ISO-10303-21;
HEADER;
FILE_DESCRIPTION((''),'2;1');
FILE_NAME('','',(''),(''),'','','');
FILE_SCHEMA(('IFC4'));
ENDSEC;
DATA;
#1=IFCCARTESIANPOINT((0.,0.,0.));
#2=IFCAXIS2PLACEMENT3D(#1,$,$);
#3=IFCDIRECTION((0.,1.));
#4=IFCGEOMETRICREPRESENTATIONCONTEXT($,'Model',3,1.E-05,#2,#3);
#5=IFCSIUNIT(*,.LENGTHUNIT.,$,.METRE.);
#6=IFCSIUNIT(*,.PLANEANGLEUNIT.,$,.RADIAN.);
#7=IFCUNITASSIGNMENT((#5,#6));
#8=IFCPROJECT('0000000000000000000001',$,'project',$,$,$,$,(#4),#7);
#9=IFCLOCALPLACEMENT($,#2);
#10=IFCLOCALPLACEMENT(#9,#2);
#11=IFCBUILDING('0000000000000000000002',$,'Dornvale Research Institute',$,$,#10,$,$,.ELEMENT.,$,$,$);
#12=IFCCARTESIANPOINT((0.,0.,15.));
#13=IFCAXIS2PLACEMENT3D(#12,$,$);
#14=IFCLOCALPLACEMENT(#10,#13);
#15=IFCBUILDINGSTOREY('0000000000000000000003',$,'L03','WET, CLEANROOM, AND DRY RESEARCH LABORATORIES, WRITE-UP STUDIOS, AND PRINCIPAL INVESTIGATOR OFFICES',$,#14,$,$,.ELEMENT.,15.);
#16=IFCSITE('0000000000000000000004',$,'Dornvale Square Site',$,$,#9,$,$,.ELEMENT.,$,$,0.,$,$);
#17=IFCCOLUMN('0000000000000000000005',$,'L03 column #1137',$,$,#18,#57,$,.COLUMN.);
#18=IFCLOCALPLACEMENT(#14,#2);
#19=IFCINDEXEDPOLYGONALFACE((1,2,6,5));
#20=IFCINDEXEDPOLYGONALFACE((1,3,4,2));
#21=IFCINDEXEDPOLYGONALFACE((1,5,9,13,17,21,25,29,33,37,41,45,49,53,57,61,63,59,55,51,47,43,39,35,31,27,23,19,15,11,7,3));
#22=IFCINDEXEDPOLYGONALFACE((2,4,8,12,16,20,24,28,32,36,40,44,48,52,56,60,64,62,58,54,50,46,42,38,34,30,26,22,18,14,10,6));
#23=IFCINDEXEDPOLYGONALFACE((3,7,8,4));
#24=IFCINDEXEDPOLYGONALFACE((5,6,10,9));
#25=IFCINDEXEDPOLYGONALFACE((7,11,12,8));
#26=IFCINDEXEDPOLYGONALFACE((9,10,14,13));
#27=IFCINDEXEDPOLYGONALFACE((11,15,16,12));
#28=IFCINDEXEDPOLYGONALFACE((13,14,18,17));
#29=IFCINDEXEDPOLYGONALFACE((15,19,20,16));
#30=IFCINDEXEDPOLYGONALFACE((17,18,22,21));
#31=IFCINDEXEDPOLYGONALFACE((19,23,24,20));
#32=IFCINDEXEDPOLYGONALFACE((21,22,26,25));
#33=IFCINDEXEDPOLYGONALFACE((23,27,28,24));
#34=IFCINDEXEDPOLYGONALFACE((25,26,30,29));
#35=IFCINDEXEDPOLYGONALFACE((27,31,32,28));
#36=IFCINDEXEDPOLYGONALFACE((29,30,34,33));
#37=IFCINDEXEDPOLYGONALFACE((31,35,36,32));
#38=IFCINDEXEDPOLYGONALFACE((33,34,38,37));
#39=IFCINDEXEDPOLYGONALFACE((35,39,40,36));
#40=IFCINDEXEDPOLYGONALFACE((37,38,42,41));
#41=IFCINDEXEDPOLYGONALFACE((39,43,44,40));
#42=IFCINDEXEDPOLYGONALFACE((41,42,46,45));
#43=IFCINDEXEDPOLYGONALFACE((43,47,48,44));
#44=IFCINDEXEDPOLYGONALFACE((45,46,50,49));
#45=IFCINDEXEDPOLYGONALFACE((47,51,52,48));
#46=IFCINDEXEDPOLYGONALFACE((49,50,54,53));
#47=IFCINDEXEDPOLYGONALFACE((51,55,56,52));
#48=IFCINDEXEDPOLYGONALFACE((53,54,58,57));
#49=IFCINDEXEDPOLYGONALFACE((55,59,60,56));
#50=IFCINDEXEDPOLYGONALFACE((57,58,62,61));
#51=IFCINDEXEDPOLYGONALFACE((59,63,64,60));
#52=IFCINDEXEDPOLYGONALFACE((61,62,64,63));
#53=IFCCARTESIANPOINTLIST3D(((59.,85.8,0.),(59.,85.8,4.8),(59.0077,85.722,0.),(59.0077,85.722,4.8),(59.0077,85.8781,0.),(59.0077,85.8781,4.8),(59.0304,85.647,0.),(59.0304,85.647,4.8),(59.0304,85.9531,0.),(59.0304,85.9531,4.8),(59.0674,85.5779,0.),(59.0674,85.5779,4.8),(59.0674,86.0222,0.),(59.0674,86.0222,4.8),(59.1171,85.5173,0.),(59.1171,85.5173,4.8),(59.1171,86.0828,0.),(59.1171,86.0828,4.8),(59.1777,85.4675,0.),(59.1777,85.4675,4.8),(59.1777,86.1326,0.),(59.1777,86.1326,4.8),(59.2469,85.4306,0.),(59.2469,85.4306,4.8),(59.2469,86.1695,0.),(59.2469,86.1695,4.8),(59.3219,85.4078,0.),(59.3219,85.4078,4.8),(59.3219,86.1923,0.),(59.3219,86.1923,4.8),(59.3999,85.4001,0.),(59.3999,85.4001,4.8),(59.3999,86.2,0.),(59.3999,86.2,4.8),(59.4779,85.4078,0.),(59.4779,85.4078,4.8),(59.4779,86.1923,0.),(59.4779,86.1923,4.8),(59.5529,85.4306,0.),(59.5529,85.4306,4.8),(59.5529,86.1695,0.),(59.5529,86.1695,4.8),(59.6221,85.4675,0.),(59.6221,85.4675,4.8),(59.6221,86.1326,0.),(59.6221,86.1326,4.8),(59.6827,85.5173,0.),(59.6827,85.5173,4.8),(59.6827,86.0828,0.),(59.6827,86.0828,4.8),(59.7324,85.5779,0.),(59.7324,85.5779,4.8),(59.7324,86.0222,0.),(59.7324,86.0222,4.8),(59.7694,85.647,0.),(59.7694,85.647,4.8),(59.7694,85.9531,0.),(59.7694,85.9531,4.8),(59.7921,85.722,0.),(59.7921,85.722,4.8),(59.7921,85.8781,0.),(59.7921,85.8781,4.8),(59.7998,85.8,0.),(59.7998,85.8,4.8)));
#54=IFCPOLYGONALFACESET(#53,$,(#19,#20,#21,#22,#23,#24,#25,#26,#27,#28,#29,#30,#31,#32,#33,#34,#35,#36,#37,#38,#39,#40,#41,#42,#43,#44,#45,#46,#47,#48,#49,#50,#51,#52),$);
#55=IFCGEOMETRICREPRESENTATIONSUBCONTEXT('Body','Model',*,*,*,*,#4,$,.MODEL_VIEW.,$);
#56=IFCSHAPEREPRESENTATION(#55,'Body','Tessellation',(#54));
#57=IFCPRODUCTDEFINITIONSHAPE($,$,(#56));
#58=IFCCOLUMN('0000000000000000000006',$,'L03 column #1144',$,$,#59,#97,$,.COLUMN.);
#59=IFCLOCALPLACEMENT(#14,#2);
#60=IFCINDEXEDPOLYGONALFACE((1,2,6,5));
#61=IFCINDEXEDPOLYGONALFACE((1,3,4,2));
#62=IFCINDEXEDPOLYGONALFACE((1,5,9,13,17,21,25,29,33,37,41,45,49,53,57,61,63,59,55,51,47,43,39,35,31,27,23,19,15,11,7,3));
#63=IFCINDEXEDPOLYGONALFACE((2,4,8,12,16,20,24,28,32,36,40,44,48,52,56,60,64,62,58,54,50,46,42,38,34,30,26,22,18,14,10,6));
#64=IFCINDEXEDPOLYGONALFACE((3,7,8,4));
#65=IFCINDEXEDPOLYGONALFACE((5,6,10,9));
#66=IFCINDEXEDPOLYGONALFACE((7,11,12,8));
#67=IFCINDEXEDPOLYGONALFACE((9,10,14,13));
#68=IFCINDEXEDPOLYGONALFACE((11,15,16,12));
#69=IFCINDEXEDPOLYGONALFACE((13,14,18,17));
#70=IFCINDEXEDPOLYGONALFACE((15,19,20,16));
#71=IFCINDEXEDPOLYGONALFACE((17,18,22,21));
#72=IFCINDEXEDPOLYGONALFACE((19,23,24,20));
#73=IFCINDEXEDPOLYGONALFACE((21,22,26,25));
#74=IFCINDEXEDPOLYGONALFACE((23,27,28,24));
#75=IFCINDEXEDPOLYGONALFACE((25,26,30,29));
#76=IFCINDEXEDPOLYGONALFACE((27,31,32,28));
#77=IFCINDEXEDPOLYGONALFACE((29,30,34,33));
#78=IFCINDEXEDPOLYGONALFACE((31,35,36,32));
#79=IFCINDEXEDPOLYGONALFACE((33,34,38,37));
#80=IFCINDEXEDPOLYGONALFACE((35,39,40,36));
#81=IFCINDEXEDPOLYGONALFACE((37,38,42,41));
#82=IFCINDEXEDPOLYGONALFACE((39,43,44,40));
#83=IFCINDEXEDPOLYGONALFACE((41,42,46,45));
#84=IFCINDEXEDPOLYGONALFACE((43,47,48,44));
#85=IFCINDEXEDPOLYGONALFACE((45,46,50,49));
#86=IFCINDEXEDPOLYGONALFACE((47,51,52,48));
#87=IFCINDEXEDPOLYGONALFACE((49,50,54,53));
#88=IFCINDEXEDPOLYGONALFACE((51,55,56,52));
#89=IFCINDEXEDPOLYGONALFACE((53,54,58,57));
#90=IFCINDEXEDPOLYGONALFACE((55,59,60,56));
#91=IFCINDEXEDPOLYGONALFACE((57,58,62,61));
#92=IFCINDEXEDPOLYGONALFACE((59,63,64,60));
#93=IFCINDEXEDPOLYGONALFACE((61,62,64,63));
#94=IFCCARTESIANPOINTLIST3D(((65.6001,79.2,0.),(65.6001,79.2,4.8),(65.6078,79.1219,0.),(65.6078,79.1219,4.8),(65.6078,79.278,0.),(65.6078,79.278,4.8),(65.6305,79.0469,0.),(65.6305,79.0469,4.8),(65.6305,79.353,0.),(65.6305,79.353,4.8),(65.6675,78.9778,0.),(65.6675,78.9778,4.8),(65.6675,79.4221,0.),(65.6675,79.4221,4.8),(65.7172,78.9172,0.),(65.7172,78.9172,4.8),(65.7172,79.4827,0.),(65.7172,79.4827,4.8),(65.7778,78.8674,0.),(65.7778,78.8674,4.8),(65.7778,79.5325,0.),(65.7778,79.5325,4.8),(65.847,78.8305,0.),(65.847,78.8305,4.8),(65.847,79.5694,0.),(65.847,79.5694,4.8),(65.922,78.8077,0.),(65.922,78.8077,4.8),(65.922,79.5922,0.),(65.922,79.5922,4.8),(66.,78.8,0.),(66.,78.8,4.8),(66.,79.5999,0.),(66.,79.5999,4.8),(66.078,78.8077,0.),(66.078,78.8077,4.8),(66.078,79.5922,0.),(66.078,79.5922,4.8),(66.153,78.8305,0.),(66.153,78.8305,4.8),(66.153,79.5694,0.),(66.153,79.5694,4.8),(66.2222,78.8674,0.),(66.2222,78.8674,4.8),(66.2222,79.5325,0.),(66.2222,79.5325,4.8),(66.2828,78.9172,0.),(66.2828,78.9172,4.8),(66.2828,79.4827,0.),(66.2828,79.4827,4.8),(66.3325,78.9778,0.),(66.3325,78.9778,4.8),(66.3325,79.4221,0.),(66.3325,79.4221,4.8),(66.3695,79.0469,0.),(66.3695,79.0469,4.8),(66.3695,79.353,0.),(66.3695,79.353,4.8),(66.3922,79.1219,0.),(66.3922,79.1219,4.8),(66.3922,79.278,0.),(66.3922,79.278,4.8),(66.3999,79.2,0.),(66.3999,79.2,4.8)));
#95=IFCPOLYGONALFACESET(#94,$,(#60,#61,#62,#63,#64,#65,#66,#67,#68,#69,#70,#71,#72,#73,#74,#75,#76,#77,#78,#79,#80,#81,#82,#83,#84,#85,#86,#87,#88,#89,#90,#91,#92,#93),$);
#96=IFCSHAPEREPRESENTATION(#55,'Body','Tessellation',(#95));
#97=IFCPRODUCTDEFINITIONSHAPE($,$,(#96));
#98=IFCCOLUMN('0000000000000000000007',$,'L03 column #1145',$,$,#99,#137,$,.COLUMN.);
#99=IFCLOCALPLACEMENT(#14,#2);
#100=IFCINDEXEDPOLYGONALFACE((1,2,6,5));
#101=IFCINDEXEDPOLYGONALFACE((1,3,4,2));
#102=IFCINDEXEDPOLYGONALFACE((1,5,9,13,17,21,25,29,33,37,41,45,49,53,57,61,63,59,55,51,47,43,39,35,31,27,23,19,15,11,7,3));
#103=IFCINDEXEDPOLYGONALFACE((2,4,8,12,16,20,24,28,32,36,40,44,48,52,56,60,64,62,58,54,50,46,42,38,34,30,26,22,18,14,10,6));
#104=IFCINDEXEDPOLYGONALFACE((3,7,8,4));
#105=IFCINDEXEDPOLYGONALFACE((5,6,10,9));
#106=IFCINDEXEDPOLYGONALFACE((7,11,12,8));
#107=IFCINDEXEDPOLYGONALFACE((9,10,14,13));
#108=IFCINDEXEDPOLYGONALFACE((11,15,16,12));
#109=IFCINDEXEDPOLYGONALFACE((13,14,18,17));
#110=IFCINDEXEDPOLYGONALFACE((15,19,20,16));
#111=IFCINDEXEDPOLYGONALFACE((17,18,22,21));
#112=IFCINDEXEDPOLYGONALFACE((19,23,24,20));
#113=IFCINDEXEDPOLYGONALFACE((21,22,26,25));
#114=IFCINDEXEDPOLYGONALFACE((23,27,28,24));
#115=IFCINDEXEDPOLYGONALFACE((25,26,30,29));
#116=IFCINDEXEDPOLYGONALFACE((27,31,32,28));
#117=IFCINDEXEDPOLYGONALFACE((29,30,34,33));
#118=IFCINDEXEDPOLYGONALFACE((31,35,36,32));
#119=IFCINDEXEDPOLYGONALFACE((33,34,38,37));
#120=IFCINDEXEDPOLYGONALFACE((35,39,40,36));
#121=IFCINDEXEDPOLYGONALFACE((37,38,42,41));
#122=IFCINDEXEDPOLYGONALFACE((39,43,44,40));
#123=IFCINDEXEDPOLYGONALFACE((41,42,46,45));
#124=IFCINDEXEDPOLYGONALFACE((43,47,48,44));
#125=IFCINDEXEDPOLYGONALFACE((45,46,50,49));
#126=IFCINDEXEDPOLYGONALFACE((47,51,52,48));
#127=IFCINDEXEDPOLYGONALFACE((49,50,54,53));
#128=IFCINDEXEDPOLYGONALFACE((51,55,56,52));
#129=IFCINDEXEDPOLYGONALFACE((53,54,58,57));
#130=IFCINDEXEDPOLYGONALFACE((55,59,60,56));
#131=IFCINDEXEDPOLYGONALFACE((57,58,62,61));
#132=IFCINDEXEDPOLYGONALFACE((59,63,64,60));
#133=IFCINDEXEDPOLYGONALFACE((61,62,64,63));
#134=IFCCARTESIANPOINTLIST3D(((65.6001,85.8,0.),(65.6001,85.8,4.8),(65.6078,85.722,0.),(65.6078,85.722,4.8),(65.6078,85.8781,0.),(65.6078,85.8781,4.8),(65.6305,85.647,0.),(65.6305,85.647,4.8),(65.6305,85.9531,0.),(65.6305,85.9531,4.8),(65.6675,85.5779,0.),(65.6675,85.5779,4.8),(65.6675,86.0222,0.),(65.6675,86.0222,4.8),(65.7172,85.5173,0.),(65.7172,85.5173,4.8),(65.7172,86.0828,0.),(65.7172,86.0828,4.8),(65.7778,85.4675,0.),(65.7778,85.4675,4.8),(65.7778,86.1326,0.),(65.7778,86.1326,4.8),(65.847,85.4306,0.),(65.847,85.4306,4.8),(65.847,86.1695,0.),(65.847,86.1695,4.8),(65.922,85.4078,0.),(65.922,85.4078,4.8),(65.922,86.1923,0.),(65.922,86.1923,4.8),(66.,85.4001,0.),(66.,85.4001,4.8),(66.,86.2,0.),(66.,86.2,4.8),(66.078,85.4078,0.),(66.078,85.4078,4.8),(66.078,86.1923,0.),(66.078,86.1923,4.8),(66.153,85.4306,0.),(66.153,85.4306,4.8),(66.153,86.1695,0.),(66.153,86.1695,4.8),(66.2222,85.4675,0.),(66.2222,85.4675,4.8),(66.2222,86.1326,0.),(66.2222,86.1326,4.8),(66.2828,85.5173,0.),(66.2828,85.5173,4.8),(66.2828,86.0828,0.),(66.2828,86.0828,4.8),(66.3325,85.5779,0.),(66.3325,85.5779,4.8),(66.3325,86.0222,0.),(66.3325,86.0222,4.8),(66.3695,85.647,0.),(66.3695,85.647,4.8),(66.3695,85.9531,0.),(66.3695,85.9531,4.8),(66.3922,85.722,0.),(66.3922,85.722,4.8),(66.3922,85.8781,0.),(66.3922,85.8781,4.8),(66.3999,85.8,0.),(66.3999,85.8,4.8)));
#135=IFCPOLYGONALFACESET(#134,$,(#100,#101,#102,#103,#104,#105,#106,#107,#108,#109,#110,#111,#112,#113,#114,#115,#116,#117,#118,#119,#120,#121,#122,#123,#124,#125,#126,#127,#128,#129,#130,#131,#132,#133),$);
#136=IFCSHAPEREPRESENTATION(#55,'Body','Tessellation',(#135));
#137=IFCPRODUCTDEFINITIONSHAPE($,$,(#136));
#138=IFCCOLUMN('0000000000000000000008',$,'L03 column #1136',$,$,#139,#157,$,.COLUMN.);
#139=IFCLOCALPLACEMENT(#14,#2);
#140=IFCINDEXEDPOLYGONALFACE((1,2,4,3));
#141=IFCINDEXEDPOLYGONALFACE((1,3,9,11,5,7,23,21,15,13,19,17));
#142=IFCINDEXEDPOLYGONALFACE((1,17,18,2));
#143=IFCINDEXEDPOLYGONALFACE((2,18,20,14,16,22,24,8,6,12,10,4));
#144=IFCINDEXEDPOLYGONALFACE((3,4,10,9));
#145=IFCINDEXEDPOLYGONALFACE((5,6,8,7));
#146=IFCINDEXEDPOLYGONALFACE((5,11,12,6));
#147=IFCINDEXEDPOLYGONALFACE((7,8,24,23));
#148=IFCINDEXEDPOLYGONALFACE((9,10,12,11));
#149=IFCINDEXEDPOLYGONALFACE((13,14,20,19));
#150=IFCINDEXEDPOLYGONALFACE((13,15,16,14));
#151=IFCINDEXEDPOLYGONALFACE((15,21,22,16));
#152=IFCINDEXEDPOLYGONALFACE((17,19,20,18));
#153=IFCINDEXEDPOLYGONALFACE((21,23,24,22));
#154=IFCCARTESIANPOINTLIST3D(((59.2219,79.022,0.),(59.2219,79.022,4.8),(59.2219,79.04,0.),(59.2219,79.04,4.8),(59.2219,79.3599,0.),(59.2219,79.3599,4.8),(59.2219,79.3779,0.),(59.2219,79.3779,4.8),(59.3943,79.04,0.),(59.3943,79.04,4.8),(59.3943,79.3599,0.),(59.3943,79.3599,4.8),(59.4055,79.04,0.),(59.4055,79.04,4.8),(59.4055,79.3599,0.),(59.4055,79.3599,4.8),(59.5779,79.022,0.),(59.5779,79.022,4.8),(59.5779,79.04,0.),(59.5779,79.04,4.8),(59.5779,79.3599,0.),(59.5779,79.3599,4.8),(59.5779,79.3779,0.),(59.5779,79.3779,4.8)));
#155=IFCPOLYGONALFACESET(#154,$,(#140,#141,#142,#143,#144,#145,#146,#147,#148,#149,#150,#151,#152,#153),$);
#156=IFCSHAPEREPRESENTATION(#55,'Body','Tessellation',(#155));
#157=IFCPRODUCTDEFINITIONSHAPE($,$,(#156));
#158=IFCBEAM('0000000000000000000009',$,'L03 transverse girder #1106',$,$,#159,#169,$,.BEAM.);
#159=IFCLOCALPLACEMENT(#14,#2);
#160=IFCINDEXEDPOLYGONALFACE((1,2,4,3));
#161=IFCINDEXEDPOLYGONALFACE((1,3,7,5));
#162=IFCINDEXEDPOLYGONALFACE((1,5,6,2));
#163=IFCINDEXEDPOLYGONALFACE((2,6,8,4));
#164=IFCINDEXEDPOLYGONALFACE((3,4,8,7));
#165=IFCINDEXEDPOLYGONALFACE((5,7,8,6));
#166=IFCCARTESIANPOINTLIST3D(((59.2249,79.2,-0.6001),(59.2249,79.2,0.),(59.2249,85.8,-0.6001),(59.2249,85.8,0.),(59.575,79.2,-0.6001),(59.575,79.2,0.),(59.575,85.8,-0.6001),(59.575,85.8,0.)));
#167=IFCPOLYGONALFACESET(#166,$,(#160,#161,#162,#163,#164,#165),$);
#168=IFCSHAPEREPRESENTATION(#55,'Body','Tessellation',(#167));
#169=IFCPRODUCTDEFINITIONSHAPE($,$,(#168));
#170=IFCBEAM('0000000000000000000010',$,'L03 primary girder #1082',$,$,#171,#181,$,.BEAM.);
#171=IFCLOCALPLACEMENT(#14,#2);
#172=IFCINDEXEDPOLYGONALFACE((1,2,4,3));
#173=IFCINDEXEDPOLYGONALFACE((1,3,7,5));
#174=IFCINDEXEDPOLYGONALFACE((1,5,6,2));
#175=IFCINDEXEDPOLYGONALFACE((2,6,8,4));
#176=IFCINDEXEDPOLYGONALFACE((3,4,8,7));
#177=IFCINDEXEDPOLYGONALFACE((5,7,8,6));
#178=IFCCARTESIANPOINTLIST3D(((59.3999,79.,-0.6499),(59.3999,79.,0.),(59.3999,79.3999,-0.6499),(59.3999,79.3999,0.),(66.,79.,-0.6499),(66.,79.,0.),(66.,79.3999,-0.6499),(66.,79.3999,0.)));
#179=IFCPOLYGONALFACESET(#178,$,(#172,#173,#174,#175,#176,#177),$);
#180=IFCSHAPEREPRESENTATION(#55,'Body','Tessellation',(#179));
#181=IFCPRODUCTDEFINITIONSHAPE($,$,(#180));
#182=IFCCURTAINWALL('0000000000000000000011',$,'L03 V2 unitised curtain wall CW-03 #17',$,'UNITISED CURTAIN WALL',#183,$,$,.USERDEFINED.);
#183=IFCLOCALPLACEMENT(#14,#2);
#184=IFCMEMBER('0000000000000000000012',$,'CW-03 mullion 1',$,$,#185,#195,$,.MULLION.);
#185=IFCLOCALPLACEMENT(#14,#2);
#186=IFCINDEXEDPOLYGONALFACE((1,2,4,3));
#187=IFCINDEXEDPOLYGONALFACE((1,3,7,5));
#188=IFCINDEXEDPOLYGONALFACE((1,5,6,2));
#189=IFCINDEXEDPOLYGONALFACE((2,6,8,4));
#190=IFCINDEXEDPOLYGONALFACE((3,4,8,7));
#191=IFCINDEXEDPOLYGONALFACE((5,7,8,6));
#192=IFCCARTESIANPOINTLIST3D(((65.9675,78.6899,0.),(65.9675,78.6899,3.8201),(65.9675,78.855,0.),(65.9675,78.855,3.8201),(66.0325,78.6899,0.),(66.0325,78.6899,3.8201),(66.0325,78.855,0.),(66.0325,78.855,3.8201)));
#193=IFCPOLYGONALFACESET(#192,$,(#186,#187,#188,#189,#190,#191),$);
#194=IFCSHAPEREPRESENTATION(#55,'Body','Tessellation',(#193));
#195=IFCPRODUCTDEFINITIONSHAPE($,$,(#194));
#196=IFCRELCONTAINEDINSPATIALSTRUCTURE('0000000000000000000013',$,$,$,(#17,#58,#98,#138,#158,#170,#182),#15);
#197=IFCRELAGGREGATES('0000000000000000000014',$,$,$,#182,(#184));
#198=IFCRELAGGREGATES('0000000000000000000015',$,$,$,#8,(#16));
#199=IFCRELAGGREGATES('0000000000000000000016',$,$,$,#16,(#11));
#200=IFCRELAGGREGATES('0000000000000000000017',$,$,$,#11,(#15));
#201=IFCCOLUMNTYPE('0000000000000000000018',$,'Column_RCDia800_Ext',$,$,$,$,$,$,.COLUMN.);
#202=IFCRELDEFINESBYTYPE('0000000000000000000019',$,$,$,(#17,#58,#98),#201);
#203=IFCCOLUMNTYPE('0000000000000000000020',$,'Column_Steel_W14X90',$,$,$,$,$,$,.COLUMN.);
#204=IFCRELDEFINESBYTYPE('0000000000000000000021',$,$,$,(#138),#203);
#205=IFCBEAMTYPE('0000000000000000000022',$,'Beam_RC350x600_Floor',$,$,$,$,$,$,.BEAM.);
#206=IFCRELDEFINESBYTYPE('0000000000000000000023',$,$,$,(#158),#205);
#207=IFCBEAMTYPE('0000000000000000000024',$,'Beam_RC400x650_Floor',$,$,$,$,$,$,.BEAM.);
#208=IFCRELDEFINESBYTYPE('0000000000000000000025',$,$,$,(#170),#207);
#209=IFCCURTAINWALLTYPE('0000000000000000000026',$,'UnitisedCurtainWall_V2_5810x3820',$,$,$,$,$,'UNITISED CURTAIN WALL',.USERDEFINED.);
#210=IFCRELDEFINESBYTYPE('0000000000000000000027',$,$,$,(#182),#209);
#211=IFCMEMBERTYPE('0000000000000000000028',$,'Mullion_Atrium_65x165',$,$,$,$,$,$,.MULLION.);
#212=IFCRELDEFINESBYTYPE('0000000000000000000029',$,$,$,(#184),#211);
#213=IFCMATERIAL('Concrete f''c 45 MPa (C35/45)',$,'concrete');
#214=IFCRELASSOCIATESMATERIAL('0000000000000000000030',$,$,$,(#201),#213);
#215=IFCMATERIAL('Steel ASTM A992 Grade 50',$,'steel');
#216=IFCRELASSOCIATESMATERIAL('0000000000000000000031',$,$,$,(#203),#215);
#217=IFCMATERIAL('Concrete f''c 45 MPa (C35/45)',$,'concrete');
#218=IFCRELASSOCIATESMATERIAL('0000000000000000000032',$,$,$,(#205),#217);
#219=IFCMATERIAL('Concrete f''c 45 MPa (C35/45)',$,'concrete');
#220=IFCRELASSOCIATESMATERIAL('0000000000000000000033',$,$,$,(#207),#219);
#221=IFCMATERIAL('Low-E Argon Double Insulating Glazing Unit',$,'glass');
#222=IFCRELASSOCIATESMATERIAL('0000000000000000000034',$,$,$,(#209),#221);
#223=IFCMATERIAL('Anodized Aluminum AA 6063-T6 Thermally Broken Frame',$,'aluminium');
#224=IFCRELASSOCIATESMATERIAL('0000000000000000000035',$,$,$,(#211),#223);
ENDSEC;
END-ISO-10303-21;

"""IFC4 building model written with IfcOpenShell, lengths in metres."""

from ifc_helpers import new_model, si_unit, direction, frame, origin, origin_2d, place, context, subcontext, project, spatial, rectangle, circle, i_section, extrude, material, material_profile, profile_set, type_object, element, aggregate, save


model = new_model("IFC4")

# Units and contexts
model_context = context("Model", 3, precision=1e-05, world=origin(), true_north=direction((0.0, 1.0)))
body_context = subcontext(model_context, "Body", "Model", "MODEL_VIEW")
ifc_project = project(units=[si_unit("LENGTHUNIT", "METRE"), si_unit("PLANEANGLEUNIT", "RADIAN")], contexts=[model_context])

# Site, building, storey
site_placement = place(None, origin())
site = spatial("IfcSite", under=ifc_project, at=site_placement, Name="Dornvale Square Site", CompositionType="ELEMENT", RefElevation=0.0)
building_placement = place(site_placement, origin())
building = spatial("IfcBuilding", under=site, at=building_placement, Name="Dornvale Research Institute", CompositionType="ELEMENT")
storey_placement = place(building_placement, frame((0.0, 0.0, 15.0)))
storey = spatial("IfcBuildingStorey", under=building, at=storey_placement, Name="L03", Description="WET, CLEANROOM, AND DRY RESEARCH LABORATORIES, WRITE-UP STUDIOS, AND PRINCIPAL INVESTIGATOR OFFICES", CompositionType="ELEMENT", Elevation=15.0)

# Columns
ifc_material_1 = material(Name="Concrete f'c 45 MPa (C35/45)", Category="concrete")
ifc_material_profile_1 = material_profile(ifc_material_1, circle(Radius=0.3999, at=origin_2d()), Name="RC DIA 800")
ifc_profile_set_1 = profile_set([ifc_material_profile_1], Name="Concrete f'c 45 MPa (C35/45)")
column_type_1 = type_object("IfcColumnType", Name="Column_RCDia800_Ext", PredefinedType="COLUMN", material=ifc_profile_set_1)
for number, where, z_axis, x_axis, name in (
    (1, (59.3999, 85.8, 0.0), (0.0, 0.0, 1.0), (1.0, 0.0, 0.0), "L03 column #1137"),
    (2, (66.0, 79.2, 0.0), (0.0, 0.0, 1.0), (1.0, 0.0, 0.0), "L03 column #1144"),
    (3, (66.0, 85.8, 0.0), (0.0, 0.0, 1.0), (1.0, 0.0, 0.0), "L03 column #1145"),
):
    element("IfcColumn", number, at=place(storey_placement, frame(where, z_axis=z_axis, x_axis=x_axis)), inside=storey, type_object=column_type_1, Name=name, PredefinedType="COLUMN", context=body_context, shape_type="SweptSolid", body=[
        extrude(circle(Radius=0.3999, at=origin_2d()), origin(), (0.0, 0.0, 1.0), 4.8),
    ])
ifc_material_2 = material(Name="Steel ASTM A992 Grade 50", Category="steel")
ifc_material_profile_2 = material_profile(ifc_material_2, i_section(OverallWidth=0.356, OverallDepth=0.356, WebThickness=0.0112, FlangeThickness=0.0181, at=origin_2d()), Name="W14X90")
ifc_profile_set_2 = profile_set([ifc_material_profile_2], Name="Steel ASTM A992 Grade 50")
column_type_2 = type_object("IfcColumnType", Name="Column_Steel_W14X90", PredefinedType="COLUMN", material=ifc_profile_set_2)
column_placement = place(storey_placement, frame((59.3999, 79.2, 0.0), z_axis=(0.0, 0.0, 1.0), x_axis=(1.0, 0.0, 0.0)))
element("IfcColumn", 4, at=column_placement, inside=storey, type_object=column_type_2, Name="L03 column #1136", PredefinedType="COLUMN", context=body_context, shape_type="SweptSolid", body=[
    extrude(i_section(OverallWidth=0.356, OverallDepth=0.356, WebThickness=0.0112, FlangeThickness=0.0181, at=origin_2d()), origin(), (0.0, 0.0, 1.0), 4.8),
])

# Beams
ifc_material_3 = material(Name="Concrete f'c 45 MPa (C35/45)", Category="concrete")
ifc_material_profile_3 = material_profile(ifc_material_3, rectangle(XDim=0.3501, YDim=0.6001, at=origin_2d()), Name="RC 350x600")
ifc_profile_set_3 = profile_set([ifc_material_profile_3], Name="Concrete f'c 45 MPa (C35/45)")
beam_type_1 = type_object("IfcBeamType", Name="Beam_RC350x600_Floor", PredefinedType="BEAM", material=ifc_profile_set_3)
beam_1_placement = place(storey_placement, frame((59.3999, 79.2, -0.3), z_axis=(0.0, 1.0, 0.0), x_axis=(-1.0, 0.0, 0.0)))
element("IfcBeam", 5, at=beam_1_placement, inside=storey, type_object=beam_type_1, Name="L03 transverse girder #1106", PredefinedType="BEAM", context=body_context, shape_type="SweptSolid", body=[
    extrude(rectangle(XDim=0.3501, YDim=0.6001, at=origin_2d()), origin(), (0.0, 0.0, 1.0), 6.6001),
])
ifc_material_4 = material(Name="Concrete f'c 45 MPa (C35/45)", Category="concrete")
ifc_material_profile_4 = material_profile(ifc_material_4, rectangle(XDim=0.3999, YDim=0.6499, at=origin_2d()), Name="RC 400x650")
ifc_profile_set_4 = profile_set([ifc_material_profile_4], Name="Concrete f'c 45 MPa (C35/45)")
beam_type_2 = type_object("IfcBeamType", Name="Beam_RC400x650_Floor", PredefinedType="BEAM", material=ifc_profile_set_4)
beam_2_placement = place(storey_placement, frame((59.3999, 79.2, -0.325), z_axis=(1.0, 0.0, 0.0), x_axis=(0.0, 1.0, 0.0)))
element("IfcBeam", 6, at=beam_2_placement, inside=storey, type_object=beam_type_2, Name="L03 primary girder #1082", PredefinedType="BEAM", context=body_context, shape_type="SweptSolid", body=[
    extrude(rectangle(XDim=0.3999, YDim=0.6499, at=origin_2d()), origin(), (0.0, 0.0, 1.0), 6.6001),
])

# Curtain wall, member
ifc_material_5 = material(Name="Low-E Argon Double Insulating Glazing Unit", Category="glass")
curtain_wall_type = type_object("IfcCurtainWallType", Name="UnitisedCurtainWall_V2_5810x3820", ElementType="UNITISED CURTAIN WALL", PredefinedType="USERDEFINED", material=ifc_material_5)
curtain_wall_placement = place(storey_placement, origin())
curtain_wall = element("IfcCurtainWall", 7, at=curtain_wall_placement, inside=storey, type_object=curtain_wall_type, Name="L03 V2 unitised curtain wall CW-03 #17", ObjectType="UNITISED CURTAIN WALL", PredefinedType="USERDEFINED")
ifc_material_6 = material(Name="Anodized Aluminum AA 6063-T6 Thermally Broken Frame", Category="aluminium")
ifc_material_profile_5 = material_profile(ifc_material_6, rectangle(XDim=0.0649, YDim=0.165, at=origin_2d()), Name="ALU MULLION 65x165")
ifc_profile_set_5 = profile_set([ifc_material_profile_5], Name="Anodized Aluminum AA 6063-T6 Thermally Broken Frame")
member_type_1 = type_object("IfcMemberType", Name="Mullion_Atrium_65x165", PredefinedType="MULLION", material=ifc_profile_set_5)
member_1_placement = place(storey_placement, frame((66.0, 78.7725, 0.0), z_axis=(0.0, 0.0, 1.0), x_axis=(1.0, 0.0, 0.0)))
member_1 = element("IfcMember", 8, at=member_1_placement, type_object=member_type_1, Name="CW-03 mullion 1", PredefinedType="MULLION", context=body_context, shape_type="SweptSolid", body=[
    extrude(rectangle(XDim=0.0649, YDim=0.165, at=origin_2d()), origin(), (0.0, 0.0, 1.0), 3.8201),
])

aggregate(curtain_wall, [member_1])

save(model, "model.ifc")
